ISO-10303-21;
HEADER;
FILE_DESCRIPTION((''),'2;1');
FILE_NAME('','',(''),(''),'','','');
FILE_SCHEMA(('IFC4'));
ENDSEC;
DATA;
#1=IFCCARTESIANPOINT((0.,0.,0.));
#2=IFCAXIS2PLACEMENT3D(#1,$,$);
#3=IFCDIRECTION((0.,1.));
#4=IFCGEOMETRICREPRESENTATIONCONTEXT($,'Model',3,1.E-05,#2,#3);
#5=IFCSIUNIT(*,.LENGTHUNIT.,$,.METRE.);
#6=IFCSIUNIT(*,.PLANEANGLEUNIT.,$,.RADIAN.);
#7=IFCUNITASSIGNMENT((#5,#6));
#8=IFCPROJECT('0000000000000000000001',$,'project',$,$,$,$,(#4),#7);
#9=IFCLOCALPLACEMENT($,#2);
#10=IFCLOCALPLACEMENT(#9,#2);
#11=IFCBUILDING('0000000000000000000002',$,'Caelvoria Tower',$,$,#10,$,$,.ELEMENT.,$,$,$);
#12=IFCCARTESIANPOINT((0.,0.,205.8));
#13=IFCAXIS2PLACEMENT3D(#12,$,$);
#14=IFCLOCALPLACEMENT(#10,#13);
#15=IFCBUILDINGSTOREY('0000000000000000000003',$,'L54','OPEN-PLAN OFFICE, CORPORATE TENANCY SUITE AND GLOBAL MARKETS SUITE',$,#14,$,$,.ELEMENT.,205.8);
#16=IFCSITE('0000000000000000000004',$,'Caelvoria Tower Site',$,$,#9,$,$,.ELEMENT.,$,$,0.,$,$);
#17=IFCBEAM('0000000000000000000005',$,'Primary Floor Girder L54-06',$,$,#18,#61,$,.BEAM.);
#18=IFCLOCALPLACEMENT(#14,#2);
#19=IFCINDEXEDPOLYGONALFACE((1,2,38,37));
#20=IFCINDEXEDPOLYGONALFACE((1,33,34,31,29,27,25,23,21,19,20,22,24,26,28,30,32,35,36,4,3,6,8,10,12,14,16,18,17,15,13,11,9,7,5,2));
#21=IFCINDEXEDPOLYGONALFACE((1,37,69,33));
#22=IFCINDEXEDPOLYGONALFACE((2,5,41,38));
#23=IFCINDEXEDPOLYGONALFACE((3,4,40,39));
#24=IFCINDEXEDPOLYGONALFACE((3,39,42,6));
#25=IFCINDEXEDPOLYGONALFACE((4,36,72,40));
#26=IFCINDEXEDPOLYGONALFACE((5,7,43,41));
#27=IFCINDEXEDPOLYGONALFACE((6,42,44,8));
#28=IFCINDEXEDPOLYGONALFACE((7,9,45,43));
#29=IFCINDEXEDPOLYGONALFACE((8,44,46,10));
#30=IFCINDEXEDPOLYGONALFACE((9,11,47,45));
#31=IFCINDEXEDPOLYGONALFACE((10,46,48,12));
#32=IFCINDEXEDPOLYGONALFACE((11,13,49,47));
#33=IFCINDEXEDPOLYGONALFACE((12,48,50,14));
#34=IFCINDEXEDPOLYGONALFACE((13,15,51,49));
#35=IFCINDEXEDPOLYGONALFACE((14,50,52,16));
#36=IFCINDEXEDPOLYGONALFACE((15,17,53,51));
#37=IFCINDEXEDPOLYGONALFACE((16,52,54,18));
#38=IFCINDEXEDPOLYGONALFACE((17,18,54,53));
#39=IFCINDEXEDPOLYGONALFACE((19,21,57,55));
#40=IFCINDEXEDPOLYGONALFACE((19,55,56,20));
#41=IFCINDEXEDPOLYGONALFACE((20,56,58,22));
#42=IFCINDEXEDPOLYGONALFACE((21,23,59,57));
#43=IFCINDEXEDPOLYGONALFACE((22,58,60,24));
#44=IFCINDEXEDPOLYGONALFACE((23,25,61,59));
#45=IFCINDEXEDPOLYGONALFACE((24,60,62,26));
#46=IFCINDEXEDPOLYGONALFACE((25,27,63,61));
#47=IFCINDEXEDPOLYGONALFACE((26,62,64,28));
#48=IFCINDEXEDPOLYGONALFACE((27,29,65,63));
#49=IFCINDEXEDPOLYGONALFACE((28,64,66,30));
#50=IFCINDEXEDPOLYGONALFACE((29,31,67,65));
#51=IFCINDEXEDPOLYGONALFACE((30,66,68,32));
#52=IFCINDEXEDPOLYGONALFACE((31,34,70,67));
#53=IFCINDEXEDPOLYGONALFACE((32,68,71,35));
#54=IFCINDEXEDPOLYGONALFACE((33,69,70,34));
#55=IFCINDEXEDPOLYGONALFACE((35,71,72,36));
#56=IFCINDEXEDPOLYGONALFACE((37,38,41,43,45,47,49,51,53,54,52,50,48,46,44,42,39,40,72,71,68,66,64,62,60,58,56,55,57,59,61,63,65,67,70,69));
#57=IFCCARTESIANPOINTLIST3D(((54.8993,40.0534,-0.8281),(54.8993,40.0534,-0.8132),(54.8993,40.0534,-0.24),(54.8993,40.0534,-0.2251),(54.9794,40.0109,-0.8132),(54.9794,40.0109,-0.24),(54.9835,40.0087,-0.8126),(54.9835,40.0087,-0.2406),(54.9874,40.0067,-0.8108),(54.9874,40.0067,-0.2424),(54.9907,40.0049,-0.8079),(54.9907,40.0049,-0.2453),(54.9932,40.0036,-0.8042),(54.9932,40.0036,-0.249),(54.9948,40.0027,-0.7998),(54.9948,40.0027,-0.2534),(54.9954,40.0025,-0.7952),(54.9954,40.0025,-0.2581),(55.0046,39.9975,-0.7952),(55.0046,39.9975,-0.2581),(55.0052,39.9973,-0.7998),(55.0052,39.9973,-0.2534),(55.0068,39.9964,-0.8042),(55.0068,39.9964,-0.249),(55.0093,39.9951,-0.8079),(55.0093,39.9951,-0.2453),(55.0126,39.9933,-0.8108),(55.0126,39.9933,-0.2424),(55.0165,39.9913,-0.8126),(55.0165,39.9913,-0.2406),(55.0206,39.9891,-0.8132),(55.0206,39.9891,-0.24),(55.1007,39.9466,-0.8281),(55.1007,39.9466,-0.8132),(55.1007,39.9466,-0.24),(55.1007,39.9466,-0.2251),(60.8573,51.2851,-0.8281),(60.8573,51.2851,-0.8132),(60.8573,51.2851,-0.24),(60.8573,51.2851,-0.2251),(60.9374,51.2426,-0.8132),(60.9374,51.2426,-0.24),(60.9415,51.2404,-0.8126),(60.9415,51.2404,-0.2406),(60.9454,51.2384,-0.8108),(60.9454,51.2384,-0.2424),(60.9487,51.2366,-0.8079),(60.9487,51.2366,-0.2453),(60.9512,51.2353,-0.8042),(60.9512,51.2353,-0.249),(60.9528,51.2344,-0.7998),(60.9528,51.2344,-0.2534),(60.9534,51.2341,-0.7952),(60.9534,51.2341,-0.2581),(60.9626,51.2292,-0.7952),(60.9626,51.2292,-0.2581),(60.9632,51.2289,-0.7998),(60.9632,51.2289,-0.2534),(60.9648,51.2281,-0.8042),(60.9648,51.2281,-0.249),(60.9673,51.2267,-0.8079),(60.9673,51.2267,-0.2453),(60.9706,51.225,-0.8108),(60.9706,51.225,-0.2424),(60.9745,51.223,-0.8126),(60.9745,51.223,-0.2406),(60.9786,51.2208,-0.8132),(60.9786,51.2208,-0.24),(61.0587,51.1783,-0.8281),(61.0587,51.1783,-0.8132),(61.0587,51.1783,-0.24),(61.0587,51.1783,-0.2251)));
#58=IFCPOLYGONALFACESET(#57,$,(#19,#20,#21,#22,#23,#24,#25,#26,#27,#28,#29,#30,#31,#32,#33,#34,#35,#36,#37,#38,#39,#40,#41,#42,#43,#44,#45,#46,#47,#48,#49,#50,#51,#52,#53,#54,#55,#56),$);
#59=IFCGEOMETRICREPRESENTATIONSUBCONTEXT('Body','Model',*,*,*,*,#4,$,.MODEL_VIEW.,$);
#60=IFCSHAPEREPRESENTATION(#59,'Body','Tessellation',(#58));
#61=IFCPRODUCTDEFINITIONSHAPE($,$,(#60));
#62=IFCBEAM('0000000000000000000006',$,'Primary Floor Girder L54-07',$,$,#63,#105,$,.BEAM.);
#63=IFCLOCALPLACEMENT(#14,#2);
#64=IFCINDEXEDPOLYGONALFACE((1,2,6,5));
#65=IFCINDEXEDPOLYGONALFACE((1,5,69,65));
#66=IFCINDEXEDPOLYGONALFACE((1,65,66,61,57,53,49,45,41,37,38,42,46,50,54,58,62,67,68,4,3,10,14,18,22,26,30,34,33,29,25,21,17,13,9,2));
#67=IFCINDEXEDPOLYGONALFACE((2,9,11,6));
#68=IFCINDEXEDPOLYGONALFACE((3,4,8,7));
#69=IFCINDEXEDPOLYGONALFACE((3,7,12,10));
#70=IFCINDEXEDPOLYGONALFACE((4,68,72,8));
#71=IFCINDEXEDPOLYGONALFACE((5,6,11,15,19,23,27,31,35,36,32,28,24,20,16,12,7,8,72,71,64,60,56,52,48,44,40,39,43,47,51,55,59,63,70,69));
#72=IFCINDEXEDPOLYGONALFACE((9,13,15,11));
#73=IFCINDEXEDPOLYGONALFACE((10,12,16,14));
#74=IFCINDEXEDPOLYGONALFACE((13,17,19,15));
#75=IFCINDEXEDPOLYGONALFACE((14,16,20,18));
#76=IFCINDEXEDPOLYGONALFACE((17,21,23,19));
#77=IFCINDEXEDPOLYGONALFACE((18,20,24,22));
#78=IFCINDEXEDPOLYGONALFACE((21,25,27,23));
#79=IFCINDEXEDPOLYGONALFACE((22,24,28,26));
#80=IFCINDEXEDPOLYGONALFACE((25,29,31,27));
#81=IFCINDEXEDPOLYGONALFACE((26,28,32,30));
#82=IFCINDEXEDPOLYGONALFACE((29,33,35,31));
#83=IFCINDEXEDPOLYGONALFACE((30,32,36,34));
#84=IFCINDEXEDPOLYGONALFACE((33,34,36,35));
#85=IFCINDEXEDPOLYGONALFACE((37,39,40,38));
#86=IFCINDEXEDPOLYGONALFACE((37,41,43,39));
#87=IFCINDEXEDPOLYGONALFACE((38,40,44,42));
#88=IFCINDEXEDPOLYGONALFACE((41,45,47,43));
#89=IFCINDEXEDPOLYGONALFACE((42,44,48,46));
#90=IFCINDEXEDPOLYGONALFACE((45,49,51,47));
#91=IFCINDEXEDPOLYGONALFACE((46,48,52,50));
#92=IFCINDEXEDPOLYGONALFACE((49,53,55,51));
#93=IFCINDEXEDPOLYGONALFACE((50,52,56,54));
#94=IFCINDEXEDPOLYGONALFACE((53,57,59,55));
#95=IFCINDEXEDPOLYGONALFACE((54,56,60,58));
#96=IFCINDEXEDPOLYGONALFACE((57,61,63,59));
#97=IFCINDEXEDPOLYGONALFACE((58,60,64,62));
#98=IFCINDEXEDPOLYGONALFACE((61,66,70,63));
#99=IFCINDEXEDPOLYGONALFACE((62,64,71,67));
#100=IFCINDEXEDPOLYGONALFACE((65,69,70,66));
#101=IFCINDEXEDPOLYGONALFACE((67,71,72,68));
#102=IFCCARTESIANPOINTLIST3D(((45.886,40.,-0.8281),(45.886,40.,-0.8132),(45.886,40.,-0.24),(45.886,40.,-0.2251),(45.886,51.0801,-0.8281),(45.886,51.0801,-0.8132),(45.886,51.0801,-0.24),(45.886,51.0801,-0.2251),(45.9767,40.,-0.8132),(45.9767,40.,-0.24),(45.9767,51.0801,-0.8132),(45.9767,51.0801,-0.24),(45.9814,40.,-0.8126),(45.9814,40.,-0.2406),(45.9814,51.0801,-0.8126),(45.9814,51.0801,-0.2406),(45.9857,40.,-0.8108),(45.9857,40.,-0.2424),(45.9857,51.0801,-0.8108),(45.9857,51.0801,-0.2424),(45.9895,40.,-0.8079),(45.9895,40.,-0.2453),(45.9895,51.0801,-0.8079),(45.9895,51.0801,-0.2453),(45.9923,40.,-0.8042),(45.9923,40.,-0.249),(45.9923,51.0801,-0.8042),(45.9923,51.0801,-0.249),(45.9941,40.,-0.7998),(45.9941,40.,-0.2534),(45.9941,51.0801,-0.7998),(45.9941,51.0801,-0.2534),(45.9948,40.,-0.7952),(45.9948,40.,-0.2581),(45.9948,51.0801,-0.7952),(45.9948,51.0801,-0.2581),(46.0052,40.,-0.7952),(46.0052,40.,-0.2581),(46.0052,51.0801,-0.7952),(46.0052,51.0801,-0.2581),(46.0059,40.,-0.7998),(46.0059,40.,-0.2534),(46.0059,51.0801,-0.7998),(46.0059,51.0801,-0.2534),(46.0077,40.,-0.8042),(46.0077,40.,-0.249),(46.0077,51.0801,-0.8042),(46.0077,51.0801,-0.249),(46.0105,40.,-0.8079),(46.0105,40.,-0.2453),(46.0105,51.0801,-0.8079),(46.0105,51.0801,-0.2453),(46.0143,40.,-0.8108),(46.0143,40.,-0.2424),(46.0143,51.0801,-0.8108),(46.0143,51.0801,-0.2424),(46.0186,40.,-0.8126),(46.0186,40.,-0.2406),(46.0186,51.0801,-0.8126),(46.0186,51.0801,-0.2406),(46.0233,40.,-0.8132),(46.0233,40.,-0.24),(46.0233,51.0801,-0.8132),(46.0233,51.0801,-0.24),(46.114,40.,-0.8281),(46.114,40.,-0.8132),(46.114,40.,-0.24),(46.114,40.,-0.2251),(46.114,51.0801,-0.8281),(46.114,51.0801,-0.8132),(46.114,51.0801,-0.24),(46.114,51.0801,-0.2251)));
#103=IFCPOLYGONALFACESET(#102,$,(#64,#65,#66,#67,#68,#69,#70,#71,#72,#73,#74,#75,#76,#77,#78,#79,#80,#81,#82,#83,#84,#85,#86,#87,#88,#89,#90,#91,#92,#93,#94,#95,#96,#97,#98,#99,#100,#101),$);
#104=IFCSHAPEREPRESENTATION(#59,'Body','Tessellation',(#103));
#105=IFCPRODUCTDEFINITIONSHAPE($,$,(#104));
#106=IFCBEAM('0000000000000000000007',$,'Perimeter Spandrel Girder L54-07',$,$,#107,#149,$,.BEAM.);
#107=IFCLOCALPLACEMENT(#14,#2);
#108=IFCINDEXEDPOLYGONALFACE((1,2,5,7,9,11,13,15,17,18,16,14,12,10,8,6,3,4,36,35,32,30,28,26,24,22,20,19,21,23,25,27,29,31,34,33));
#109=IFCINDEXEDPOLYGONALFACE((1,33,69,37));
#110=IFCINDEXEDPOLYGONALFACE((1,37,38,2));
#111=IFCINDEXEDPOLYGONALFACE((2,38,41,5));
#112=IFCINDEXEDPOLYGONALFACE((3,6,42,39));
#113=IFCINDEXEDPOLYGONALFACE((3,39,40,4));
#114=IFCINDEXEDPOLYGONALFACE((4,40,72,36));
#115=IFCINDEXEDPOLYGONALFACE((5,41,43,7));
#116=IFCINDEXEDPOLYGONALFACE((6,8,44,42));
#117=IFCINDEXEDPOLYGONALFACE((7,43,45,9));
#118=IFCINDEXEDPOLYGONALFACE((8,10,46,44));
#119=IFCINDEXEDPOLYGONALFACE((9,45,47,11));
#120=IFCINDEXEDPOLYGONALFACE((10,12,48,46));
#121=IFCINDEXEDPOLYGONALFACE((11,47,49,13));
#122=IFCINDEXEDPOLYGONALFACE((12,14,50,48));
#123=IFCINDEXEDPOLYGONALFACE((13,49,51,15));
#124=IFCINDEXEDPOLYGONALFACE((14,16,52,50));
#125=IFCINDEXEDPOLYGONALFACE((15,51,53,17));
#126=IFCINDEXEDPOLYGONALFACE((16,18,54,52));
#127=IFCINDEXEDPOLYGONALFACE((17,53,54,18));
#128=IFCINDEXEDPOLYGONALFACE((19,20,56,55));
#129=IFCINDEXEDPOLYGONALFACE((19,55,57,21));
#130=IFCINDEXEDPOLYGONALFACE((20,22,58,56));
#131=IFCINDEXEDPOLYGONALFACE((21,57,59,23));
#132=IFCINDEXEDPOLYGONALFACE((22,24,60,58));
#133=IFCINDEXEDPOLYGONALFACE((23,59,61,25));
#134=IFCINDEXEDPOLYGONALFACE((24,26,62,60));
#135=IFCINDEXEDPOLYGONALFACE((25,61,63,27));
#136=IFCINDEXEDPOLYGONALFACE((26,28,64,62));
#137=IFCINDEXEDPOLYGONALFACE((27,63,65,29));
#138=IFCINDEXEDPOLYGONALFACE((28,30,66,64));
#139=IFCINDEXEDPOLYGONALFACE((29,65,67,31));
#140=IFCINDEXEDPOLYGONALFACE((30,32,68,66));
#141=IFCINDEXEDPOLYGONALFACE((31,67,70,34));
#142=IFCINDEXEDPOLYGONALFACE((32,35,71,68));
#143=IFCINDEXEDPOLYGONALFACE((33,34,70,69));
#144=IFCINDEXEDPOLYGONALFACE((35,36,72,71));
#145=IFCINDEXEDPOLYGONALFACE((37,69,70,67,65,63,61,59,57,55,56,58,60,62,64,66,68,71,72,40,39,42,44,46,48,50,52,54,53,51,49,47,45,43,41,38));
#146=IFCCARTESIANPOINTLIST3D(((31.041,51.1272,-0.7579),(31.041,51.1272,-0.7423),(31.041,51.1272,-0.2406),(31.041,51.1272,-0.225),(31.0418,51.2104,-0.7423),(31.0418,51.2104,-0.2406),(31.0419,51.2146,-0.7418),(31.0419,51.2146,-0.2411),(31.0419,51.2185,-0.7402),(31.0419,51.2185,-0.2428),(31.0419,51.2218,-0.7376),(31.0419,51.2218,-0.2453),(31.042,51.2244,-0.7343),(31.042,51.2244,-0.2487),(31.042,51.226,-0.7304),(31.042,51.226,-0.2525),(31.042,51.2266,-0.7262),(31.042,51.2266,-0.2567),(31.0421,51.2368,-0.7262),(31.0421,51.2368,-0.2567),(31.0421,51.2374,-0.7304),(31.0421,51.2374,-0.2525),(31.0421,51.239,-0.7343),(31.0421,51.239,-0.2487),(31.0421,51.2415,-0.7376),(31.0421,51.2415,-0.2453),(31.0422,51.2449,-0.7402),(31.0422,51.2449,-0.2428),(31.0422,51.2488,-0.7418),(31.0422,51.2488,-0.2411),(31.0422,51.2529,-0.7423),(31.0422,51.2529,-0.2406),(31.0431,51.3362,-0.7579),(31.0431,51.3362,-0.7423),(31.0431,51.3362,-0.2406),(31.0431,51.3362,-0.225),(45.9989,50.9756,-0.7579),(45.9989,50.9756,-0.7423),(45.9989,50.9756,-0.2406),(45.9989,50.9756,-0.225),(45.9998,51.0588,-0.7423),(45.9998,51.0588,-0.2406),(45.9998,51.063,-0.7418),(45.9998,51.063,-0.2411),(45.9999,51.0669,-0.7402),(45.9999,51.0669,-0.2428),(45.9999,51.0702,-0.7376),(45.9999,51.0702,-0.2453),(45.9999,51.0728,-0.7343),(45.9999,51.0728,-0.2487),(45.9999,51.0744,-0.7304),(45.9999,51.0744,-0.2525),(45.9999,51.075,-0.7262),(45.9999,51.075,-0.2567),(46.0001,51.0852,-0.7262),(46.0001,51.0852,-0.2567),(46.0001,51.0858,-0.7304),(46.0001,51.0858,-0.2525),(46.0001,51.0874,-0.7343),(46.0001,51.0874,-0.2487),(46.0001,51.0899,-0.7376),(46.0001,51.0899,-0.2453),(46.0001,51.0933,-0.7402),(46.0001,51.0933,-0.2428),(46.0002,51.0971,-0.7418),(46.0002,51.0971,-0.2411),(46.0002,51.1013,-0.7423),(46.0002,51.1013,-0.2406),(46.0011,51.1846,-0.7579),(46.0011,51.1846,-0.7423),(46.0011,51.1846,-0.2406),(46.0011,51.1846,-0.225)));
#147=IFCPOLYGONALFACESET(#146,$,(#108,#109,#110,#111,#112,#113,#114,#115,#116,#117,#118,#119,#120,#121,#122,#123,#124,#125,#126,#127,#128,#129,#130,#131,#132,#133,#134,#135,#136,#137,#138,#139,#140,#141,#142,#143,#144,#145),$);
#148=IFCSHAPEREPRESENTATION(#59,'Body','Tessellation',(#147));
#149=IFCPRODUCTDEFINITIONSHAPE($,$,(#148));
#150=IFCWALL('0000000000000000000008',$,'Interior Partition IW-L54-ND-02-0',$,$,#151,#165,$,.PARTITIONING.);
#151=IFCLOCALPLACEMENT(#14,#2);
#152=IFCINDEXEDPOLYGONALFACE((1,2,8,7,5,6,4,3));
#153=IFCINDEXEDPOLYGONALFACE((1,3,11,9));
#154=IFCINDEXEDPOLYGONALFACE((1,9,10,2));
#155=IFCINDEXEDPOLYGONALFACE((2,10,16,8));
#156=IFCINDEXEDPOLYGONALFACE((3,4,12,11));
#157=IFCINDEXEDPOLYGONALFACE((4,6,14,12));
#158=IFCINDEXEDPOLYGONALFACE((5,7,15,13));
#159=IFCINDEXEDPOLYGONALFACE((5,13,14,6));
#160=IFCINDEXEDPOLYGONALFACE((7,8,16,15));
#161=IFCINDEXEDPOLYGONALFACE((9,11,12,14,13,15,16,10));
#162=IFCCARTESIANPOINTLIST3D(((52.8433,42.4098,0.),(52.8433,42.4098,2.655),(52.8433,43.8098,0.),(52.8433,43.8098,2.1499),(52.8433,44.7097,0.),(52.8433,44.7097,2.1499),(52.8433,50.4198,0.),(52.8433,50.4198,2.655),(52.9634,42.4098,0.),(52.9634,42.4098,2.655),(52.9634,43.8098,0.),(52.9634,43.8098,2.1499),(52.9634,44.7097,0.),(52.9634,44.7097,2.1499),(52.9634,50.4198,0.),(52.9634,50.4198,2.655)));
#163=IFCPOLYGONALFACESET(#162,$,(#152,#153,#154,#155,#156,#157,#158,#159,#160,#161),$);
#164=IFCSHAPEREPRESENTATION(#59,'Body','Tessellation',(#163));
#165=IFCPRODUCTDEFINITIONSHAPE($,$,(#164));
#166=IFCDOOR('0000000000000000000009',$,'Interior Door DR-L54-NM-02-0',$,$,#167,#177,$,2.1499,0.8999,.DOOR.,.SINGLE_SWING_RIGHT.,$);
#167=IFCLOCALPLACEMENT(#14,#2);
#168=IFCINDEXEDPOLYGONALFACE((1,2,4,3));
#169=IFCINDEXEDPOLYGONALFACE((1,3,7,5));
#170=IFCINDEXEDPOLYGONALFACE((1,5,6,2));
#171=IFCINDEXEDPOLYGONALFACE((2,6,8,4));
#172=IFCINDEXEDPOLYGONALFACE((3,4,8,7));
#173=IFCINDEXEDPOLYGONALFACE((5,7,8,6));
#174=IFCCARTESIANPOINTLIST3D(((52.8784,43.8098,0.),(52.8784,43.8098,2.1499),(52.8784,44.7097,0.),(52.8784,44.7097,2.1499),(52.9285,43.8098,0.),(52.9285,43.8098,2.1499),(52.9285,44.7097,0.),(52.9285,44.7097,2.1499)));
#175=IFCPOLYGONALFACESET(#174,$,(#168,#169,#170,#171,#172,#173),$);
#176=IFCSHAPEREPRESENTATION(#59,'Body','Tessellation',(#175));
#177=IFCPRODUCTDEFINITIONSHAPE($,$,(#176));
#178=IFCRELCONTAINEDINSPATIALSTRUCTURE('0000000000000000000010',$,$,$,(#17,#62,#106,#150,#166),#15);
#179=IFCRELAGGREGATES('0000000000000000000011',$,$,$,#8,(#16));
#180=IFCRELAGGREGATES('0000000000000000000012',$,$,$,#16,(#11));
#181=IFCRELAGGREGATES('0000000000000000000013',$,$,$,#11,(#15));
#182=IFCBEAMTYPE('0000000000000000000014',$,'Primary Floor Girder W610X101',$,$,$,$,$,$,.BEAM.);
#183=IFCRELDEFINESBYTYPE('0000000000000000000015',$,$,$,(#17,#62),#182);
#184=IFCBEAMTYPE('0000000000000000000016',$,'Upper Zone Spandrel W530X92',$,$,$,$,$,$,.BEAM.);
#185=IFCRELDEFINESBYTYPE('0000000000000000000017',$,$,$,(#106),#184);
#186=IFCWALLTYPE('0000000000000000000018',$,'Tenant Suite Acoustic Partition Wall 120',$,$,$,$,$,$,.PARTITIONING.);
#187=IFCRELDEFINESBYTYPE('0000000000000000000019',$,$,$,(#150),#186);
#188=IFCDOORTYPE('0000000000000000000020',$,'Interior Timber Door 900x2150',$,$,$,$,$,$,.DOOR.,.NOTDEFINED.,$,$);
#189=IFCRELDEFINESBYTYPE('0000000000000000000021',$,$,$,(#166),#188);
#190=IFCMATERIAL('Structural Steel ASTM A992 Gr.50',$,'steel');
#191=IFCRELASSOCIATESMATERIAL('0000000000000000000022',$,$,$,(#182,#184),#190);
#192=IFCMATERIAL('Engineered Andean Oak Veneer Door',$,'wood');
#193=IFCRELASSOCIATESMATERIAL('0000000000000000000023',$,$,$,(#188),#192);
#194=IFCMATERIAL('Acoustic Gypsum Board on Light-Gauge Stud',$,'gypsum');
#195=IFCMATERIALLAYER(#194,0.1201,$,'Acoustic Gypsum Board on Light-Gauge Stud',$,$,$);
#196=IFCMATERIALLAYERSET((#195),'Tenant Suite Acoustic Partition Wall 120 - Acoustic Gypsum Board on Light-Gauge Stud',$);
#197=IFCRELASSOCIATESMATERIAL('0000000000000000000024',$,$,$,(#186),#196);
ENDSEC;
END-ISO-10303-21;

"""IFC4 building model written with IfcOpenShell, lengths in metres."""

from ifc_helpers import new_model, si_unit, direction, frame, frame_2d, origin, origin_2d, place, context, subcontext, project, spatial, rectangle, i_section, extrude, material, layer, layer_set, material_profile, profile_set, type_object, element, fill, save


model = new_model("IFC4")

# Units and contexts
model_context = context("Model", 3, precision=1e-05, world=origin(), true_north=direction((0.0, 1.0)))
body_context = subcontext(model_context, "Body", "Model", "MODEL_VIEW")
ifc_project = project(units=[si_unit("LENGTHUNIT", "METRE"), si_unit("PLANEANGLEUNIT", "RADIAN")], contexts=[model_context])

# Site, building, storey
site_placement = place(None, origin())
site = spatial("IfcSite", under=ifc_project, at=site_placement, Name="Caelvoria Tower Site", CompositionType="ELEMENT", RefElevation=0.0)
building_placement = place(site_placement, origin())
building = spatial("IfcBuilding", under=site, at=building_placement, Name="Caelvoria Tower", CompositionType="ELEMENT")
storey_placement = place(building_placement, frame((0.0, 0.0, 205.8)))
storey = spatial("IfcBuildingStorey", under=building, at=storey_placement, Name="L54", Description="OPEN-PLAN OFFICE, CORPORATE TENANCY SUITE AND GLOBAL MARKETS SUITE", CompositionType="ELEMENT", Elevation=205.8)

# Shared definitions
ifc_material_1 = material(Name="Structural Steel ASTM A992 Gr.50", Category="steel")

# Beams
ifc_material_profile_1 = material_profile(ifc_material_1, i_section(OverallWidth=0.228, OverallDepth=0.603, WebThickness=0.0105, FlangeThickness=0.0149, FilletRadius=0.0181, at=origin_2d()), Name="Structural Steel ASTM A992 Gr.50")
ifc_profile_set_1 = profile_set([ifc_material_profile_1], Name="W610X101 - Structural Steel ASTM A992 Gr.50")
beam_type_1 = type_object("IfcBeamType", Name="Primary Floor Girder W610X101", PredefinedType="BEAM", material=ifc_profile_set_1)
beam_1_placement = place(storey_placement, frame((55.0, 40.0, -0.5266), z_axis=(0.468614, 0.883403, 0.0), x_axis=(-0.883403, 0.468614, 0.0)))
element("IfcBeam", 1, at=beam_1_placement, inside=storey, type_object=beam_type_1, Name="Primary Floor Girder L54-06", PredefinedType="BEAM", context=body_context, shape_type="SweptSolid", body=[
    extrude(i_section(OverallWidth=0.228, OverallDepth=0.603, WebThickness=0.0105, FlangeThickness=0.0149, FilletRadius=0.0181, at=origin_2d()), origin(), (0.0, 0.0, 1.0), 12.7141),
])
beam_2_placement = place(storey_placement, frame((46.0, 40.0, -0.5266), z_axis=(0.0, 1.0, 0.0), x_axis=(-1.0, 0.0, 0.0)))
element("IfcBeam", 2, at=beam_2_placement, inside=storey, type_object=beam_type_1, Name="Primary Floor Girder L54-07", PredefinedType="BEAM", context=body_context, shape_type="SweptSolid", body=[
    extrude(i_section(OverallWidth=0.228, OverallDepth=0.603, WebThickness=0.0105, FlangeThickness=0.0149, FilletRadius=0.0181, at=origin_2d()), origin(), (0.0, 0.0, 1.0), 11.0801),
])
ifc_material_profile_2 = material_profile(ifc_material_1, i_section(OverallWidth=0.209, OverallDepth=0.533, WebThickness=0.0103, FlangeThickness=0.0156, FilletRadius=0.0161, at=origin_2d()), Name="Structural Steel ASTM A992 Gr.50")
ifc_profile_set_2 = profile_set([ifc_material_profile_2], Name="W530X92 - Structural Steel ASTM A992 Gr.50")
beam_type_2 = type_object("IfcBeamType", Name="Upper Zone Spandrel W530X92", PredefinedType="BEAM", material=ifc_profile_set_2)
beam_3_placement = place(storey_placement, frame((46.0, 51.0801, -0.4915), z_axis=(-0.999949, 0.010135, 0.0), x_axis=(-0.010135, -0.999949, 0.0)))
element("IfcBeam", 3, at=beam_3_placement, inside=storey, type_object=beam_type_2, Name="Perimeter Spandrel Girder L54-07", PredefinedType="BEAM", context=body_context, shape_type="SweptSolid", body=[
    extrude(i_section(OverallWidth=0.209, OverallDepth=0.533, WebThickness=0.0103, FlangeThickness=0.0156, FilletRadius=0.0161, at=origin_2d()), origin(), (0.0, 0.0, 1.0), 14.9587),
])

# Wall, opening, door
ifc_material_2 = material(Name="Engineered Andean Oak Veneer Door", Category="wood")
door_type_1 = type_object("IfcDoorType", Name="Interior Timber Door 900x2150", OperationType="NOTDEFINED", PredefinedType="DOOR", material=ifc_material_2)
ifc_material_3 = material(Name="Acoustic Gypsum Board on Light-Gauge Stud", Category="gypsum")
ifc_layer_1 = layer(ifc_material_3, 0.1201, Name="Acoustic Gypsum Board on Light-Gauge Stud")
ifc_layer_set_1 = layer_set([ifc_layer_1], Name="Tenant Suite Acoustic Partition Wall 120 - Acoustic Gypsum Board on Light-Gauge Stud")
wall_type_1 = type_object("IfcWallType", Name="Tenant Suite Acoustic Partition Wall 120", PredefinedType="PARTITIONING", material=ifc_layer_set_1)
wall_1_placement = place(storey_placement, frame((52.9033, 42.4099, 0.0), z_axis=(0.0, 0.0, 1.0), x_axis=(0.0, 1.0, 0.0)))
wall_1 = element("IfcWall", 4, at=wall_1_placement, inside=storey, type_object=wall_type_1, Name="Interior Partition IW-L54-ND-02-0", PredefinedType="PARTITIONING", context=body_context, shape_type="SweptSolid", body=[
    extrude(rectangle(XDim=8.01, YDim=0.1201, at=frame_2d((4.0049, 0.0))), origin(), (0.0, 0.0, 1.0), 2.655),
])
opening_1_placement = place(wall_1_placement, frame((1.3999, 0.0, 0.0)))
opening_1 = element("IfcOpeningElement", 5, at=opening_1_placement, cuts=wall_1, PredefinedType="OPENING", context=body_context, shape_type="SweptSolid", body=[
    extrude(rectangle(XDim=0.8999, YDim=2.1499, at=frame_2d((0.45, 1.075))), frame((0.0, 0.0701, 0.0), z_axis=(0.0, -1.0, 0.0), x_axis=(1.0, 0.0, 0.0)), (0.0, 0.0, 1.0), 0.1401),
])
door_1_placement = place(opening_1_placement, origin())
door_1 = element("IfcDoor", 6, at=door_1_placement, inside=storey, type_object=door_type_1, Name="Interior Door DR-L54-NM-02-0", OperationType="SINGLE_SWING_RIGHT", OverallHeight=2.1499, OverallWidth=0.8999, PredefinedType="DOOR", context=body_context, shape_type="SweptSolid", body=[
    extrude(rectangle(XDim=0.8999, YDim=2.1499, at=frame_2d((0.45, 1.075))), frame((0.0, 0.0249, 0.0), z_axis=(0.0, -1.0, 0.0), x_axis=(1.0, 0.0, 0.0)), (0.0, 0.0, 1.0), 0.05),
])
fill(opening_1, door_1)

save(model, "model.ifc")
